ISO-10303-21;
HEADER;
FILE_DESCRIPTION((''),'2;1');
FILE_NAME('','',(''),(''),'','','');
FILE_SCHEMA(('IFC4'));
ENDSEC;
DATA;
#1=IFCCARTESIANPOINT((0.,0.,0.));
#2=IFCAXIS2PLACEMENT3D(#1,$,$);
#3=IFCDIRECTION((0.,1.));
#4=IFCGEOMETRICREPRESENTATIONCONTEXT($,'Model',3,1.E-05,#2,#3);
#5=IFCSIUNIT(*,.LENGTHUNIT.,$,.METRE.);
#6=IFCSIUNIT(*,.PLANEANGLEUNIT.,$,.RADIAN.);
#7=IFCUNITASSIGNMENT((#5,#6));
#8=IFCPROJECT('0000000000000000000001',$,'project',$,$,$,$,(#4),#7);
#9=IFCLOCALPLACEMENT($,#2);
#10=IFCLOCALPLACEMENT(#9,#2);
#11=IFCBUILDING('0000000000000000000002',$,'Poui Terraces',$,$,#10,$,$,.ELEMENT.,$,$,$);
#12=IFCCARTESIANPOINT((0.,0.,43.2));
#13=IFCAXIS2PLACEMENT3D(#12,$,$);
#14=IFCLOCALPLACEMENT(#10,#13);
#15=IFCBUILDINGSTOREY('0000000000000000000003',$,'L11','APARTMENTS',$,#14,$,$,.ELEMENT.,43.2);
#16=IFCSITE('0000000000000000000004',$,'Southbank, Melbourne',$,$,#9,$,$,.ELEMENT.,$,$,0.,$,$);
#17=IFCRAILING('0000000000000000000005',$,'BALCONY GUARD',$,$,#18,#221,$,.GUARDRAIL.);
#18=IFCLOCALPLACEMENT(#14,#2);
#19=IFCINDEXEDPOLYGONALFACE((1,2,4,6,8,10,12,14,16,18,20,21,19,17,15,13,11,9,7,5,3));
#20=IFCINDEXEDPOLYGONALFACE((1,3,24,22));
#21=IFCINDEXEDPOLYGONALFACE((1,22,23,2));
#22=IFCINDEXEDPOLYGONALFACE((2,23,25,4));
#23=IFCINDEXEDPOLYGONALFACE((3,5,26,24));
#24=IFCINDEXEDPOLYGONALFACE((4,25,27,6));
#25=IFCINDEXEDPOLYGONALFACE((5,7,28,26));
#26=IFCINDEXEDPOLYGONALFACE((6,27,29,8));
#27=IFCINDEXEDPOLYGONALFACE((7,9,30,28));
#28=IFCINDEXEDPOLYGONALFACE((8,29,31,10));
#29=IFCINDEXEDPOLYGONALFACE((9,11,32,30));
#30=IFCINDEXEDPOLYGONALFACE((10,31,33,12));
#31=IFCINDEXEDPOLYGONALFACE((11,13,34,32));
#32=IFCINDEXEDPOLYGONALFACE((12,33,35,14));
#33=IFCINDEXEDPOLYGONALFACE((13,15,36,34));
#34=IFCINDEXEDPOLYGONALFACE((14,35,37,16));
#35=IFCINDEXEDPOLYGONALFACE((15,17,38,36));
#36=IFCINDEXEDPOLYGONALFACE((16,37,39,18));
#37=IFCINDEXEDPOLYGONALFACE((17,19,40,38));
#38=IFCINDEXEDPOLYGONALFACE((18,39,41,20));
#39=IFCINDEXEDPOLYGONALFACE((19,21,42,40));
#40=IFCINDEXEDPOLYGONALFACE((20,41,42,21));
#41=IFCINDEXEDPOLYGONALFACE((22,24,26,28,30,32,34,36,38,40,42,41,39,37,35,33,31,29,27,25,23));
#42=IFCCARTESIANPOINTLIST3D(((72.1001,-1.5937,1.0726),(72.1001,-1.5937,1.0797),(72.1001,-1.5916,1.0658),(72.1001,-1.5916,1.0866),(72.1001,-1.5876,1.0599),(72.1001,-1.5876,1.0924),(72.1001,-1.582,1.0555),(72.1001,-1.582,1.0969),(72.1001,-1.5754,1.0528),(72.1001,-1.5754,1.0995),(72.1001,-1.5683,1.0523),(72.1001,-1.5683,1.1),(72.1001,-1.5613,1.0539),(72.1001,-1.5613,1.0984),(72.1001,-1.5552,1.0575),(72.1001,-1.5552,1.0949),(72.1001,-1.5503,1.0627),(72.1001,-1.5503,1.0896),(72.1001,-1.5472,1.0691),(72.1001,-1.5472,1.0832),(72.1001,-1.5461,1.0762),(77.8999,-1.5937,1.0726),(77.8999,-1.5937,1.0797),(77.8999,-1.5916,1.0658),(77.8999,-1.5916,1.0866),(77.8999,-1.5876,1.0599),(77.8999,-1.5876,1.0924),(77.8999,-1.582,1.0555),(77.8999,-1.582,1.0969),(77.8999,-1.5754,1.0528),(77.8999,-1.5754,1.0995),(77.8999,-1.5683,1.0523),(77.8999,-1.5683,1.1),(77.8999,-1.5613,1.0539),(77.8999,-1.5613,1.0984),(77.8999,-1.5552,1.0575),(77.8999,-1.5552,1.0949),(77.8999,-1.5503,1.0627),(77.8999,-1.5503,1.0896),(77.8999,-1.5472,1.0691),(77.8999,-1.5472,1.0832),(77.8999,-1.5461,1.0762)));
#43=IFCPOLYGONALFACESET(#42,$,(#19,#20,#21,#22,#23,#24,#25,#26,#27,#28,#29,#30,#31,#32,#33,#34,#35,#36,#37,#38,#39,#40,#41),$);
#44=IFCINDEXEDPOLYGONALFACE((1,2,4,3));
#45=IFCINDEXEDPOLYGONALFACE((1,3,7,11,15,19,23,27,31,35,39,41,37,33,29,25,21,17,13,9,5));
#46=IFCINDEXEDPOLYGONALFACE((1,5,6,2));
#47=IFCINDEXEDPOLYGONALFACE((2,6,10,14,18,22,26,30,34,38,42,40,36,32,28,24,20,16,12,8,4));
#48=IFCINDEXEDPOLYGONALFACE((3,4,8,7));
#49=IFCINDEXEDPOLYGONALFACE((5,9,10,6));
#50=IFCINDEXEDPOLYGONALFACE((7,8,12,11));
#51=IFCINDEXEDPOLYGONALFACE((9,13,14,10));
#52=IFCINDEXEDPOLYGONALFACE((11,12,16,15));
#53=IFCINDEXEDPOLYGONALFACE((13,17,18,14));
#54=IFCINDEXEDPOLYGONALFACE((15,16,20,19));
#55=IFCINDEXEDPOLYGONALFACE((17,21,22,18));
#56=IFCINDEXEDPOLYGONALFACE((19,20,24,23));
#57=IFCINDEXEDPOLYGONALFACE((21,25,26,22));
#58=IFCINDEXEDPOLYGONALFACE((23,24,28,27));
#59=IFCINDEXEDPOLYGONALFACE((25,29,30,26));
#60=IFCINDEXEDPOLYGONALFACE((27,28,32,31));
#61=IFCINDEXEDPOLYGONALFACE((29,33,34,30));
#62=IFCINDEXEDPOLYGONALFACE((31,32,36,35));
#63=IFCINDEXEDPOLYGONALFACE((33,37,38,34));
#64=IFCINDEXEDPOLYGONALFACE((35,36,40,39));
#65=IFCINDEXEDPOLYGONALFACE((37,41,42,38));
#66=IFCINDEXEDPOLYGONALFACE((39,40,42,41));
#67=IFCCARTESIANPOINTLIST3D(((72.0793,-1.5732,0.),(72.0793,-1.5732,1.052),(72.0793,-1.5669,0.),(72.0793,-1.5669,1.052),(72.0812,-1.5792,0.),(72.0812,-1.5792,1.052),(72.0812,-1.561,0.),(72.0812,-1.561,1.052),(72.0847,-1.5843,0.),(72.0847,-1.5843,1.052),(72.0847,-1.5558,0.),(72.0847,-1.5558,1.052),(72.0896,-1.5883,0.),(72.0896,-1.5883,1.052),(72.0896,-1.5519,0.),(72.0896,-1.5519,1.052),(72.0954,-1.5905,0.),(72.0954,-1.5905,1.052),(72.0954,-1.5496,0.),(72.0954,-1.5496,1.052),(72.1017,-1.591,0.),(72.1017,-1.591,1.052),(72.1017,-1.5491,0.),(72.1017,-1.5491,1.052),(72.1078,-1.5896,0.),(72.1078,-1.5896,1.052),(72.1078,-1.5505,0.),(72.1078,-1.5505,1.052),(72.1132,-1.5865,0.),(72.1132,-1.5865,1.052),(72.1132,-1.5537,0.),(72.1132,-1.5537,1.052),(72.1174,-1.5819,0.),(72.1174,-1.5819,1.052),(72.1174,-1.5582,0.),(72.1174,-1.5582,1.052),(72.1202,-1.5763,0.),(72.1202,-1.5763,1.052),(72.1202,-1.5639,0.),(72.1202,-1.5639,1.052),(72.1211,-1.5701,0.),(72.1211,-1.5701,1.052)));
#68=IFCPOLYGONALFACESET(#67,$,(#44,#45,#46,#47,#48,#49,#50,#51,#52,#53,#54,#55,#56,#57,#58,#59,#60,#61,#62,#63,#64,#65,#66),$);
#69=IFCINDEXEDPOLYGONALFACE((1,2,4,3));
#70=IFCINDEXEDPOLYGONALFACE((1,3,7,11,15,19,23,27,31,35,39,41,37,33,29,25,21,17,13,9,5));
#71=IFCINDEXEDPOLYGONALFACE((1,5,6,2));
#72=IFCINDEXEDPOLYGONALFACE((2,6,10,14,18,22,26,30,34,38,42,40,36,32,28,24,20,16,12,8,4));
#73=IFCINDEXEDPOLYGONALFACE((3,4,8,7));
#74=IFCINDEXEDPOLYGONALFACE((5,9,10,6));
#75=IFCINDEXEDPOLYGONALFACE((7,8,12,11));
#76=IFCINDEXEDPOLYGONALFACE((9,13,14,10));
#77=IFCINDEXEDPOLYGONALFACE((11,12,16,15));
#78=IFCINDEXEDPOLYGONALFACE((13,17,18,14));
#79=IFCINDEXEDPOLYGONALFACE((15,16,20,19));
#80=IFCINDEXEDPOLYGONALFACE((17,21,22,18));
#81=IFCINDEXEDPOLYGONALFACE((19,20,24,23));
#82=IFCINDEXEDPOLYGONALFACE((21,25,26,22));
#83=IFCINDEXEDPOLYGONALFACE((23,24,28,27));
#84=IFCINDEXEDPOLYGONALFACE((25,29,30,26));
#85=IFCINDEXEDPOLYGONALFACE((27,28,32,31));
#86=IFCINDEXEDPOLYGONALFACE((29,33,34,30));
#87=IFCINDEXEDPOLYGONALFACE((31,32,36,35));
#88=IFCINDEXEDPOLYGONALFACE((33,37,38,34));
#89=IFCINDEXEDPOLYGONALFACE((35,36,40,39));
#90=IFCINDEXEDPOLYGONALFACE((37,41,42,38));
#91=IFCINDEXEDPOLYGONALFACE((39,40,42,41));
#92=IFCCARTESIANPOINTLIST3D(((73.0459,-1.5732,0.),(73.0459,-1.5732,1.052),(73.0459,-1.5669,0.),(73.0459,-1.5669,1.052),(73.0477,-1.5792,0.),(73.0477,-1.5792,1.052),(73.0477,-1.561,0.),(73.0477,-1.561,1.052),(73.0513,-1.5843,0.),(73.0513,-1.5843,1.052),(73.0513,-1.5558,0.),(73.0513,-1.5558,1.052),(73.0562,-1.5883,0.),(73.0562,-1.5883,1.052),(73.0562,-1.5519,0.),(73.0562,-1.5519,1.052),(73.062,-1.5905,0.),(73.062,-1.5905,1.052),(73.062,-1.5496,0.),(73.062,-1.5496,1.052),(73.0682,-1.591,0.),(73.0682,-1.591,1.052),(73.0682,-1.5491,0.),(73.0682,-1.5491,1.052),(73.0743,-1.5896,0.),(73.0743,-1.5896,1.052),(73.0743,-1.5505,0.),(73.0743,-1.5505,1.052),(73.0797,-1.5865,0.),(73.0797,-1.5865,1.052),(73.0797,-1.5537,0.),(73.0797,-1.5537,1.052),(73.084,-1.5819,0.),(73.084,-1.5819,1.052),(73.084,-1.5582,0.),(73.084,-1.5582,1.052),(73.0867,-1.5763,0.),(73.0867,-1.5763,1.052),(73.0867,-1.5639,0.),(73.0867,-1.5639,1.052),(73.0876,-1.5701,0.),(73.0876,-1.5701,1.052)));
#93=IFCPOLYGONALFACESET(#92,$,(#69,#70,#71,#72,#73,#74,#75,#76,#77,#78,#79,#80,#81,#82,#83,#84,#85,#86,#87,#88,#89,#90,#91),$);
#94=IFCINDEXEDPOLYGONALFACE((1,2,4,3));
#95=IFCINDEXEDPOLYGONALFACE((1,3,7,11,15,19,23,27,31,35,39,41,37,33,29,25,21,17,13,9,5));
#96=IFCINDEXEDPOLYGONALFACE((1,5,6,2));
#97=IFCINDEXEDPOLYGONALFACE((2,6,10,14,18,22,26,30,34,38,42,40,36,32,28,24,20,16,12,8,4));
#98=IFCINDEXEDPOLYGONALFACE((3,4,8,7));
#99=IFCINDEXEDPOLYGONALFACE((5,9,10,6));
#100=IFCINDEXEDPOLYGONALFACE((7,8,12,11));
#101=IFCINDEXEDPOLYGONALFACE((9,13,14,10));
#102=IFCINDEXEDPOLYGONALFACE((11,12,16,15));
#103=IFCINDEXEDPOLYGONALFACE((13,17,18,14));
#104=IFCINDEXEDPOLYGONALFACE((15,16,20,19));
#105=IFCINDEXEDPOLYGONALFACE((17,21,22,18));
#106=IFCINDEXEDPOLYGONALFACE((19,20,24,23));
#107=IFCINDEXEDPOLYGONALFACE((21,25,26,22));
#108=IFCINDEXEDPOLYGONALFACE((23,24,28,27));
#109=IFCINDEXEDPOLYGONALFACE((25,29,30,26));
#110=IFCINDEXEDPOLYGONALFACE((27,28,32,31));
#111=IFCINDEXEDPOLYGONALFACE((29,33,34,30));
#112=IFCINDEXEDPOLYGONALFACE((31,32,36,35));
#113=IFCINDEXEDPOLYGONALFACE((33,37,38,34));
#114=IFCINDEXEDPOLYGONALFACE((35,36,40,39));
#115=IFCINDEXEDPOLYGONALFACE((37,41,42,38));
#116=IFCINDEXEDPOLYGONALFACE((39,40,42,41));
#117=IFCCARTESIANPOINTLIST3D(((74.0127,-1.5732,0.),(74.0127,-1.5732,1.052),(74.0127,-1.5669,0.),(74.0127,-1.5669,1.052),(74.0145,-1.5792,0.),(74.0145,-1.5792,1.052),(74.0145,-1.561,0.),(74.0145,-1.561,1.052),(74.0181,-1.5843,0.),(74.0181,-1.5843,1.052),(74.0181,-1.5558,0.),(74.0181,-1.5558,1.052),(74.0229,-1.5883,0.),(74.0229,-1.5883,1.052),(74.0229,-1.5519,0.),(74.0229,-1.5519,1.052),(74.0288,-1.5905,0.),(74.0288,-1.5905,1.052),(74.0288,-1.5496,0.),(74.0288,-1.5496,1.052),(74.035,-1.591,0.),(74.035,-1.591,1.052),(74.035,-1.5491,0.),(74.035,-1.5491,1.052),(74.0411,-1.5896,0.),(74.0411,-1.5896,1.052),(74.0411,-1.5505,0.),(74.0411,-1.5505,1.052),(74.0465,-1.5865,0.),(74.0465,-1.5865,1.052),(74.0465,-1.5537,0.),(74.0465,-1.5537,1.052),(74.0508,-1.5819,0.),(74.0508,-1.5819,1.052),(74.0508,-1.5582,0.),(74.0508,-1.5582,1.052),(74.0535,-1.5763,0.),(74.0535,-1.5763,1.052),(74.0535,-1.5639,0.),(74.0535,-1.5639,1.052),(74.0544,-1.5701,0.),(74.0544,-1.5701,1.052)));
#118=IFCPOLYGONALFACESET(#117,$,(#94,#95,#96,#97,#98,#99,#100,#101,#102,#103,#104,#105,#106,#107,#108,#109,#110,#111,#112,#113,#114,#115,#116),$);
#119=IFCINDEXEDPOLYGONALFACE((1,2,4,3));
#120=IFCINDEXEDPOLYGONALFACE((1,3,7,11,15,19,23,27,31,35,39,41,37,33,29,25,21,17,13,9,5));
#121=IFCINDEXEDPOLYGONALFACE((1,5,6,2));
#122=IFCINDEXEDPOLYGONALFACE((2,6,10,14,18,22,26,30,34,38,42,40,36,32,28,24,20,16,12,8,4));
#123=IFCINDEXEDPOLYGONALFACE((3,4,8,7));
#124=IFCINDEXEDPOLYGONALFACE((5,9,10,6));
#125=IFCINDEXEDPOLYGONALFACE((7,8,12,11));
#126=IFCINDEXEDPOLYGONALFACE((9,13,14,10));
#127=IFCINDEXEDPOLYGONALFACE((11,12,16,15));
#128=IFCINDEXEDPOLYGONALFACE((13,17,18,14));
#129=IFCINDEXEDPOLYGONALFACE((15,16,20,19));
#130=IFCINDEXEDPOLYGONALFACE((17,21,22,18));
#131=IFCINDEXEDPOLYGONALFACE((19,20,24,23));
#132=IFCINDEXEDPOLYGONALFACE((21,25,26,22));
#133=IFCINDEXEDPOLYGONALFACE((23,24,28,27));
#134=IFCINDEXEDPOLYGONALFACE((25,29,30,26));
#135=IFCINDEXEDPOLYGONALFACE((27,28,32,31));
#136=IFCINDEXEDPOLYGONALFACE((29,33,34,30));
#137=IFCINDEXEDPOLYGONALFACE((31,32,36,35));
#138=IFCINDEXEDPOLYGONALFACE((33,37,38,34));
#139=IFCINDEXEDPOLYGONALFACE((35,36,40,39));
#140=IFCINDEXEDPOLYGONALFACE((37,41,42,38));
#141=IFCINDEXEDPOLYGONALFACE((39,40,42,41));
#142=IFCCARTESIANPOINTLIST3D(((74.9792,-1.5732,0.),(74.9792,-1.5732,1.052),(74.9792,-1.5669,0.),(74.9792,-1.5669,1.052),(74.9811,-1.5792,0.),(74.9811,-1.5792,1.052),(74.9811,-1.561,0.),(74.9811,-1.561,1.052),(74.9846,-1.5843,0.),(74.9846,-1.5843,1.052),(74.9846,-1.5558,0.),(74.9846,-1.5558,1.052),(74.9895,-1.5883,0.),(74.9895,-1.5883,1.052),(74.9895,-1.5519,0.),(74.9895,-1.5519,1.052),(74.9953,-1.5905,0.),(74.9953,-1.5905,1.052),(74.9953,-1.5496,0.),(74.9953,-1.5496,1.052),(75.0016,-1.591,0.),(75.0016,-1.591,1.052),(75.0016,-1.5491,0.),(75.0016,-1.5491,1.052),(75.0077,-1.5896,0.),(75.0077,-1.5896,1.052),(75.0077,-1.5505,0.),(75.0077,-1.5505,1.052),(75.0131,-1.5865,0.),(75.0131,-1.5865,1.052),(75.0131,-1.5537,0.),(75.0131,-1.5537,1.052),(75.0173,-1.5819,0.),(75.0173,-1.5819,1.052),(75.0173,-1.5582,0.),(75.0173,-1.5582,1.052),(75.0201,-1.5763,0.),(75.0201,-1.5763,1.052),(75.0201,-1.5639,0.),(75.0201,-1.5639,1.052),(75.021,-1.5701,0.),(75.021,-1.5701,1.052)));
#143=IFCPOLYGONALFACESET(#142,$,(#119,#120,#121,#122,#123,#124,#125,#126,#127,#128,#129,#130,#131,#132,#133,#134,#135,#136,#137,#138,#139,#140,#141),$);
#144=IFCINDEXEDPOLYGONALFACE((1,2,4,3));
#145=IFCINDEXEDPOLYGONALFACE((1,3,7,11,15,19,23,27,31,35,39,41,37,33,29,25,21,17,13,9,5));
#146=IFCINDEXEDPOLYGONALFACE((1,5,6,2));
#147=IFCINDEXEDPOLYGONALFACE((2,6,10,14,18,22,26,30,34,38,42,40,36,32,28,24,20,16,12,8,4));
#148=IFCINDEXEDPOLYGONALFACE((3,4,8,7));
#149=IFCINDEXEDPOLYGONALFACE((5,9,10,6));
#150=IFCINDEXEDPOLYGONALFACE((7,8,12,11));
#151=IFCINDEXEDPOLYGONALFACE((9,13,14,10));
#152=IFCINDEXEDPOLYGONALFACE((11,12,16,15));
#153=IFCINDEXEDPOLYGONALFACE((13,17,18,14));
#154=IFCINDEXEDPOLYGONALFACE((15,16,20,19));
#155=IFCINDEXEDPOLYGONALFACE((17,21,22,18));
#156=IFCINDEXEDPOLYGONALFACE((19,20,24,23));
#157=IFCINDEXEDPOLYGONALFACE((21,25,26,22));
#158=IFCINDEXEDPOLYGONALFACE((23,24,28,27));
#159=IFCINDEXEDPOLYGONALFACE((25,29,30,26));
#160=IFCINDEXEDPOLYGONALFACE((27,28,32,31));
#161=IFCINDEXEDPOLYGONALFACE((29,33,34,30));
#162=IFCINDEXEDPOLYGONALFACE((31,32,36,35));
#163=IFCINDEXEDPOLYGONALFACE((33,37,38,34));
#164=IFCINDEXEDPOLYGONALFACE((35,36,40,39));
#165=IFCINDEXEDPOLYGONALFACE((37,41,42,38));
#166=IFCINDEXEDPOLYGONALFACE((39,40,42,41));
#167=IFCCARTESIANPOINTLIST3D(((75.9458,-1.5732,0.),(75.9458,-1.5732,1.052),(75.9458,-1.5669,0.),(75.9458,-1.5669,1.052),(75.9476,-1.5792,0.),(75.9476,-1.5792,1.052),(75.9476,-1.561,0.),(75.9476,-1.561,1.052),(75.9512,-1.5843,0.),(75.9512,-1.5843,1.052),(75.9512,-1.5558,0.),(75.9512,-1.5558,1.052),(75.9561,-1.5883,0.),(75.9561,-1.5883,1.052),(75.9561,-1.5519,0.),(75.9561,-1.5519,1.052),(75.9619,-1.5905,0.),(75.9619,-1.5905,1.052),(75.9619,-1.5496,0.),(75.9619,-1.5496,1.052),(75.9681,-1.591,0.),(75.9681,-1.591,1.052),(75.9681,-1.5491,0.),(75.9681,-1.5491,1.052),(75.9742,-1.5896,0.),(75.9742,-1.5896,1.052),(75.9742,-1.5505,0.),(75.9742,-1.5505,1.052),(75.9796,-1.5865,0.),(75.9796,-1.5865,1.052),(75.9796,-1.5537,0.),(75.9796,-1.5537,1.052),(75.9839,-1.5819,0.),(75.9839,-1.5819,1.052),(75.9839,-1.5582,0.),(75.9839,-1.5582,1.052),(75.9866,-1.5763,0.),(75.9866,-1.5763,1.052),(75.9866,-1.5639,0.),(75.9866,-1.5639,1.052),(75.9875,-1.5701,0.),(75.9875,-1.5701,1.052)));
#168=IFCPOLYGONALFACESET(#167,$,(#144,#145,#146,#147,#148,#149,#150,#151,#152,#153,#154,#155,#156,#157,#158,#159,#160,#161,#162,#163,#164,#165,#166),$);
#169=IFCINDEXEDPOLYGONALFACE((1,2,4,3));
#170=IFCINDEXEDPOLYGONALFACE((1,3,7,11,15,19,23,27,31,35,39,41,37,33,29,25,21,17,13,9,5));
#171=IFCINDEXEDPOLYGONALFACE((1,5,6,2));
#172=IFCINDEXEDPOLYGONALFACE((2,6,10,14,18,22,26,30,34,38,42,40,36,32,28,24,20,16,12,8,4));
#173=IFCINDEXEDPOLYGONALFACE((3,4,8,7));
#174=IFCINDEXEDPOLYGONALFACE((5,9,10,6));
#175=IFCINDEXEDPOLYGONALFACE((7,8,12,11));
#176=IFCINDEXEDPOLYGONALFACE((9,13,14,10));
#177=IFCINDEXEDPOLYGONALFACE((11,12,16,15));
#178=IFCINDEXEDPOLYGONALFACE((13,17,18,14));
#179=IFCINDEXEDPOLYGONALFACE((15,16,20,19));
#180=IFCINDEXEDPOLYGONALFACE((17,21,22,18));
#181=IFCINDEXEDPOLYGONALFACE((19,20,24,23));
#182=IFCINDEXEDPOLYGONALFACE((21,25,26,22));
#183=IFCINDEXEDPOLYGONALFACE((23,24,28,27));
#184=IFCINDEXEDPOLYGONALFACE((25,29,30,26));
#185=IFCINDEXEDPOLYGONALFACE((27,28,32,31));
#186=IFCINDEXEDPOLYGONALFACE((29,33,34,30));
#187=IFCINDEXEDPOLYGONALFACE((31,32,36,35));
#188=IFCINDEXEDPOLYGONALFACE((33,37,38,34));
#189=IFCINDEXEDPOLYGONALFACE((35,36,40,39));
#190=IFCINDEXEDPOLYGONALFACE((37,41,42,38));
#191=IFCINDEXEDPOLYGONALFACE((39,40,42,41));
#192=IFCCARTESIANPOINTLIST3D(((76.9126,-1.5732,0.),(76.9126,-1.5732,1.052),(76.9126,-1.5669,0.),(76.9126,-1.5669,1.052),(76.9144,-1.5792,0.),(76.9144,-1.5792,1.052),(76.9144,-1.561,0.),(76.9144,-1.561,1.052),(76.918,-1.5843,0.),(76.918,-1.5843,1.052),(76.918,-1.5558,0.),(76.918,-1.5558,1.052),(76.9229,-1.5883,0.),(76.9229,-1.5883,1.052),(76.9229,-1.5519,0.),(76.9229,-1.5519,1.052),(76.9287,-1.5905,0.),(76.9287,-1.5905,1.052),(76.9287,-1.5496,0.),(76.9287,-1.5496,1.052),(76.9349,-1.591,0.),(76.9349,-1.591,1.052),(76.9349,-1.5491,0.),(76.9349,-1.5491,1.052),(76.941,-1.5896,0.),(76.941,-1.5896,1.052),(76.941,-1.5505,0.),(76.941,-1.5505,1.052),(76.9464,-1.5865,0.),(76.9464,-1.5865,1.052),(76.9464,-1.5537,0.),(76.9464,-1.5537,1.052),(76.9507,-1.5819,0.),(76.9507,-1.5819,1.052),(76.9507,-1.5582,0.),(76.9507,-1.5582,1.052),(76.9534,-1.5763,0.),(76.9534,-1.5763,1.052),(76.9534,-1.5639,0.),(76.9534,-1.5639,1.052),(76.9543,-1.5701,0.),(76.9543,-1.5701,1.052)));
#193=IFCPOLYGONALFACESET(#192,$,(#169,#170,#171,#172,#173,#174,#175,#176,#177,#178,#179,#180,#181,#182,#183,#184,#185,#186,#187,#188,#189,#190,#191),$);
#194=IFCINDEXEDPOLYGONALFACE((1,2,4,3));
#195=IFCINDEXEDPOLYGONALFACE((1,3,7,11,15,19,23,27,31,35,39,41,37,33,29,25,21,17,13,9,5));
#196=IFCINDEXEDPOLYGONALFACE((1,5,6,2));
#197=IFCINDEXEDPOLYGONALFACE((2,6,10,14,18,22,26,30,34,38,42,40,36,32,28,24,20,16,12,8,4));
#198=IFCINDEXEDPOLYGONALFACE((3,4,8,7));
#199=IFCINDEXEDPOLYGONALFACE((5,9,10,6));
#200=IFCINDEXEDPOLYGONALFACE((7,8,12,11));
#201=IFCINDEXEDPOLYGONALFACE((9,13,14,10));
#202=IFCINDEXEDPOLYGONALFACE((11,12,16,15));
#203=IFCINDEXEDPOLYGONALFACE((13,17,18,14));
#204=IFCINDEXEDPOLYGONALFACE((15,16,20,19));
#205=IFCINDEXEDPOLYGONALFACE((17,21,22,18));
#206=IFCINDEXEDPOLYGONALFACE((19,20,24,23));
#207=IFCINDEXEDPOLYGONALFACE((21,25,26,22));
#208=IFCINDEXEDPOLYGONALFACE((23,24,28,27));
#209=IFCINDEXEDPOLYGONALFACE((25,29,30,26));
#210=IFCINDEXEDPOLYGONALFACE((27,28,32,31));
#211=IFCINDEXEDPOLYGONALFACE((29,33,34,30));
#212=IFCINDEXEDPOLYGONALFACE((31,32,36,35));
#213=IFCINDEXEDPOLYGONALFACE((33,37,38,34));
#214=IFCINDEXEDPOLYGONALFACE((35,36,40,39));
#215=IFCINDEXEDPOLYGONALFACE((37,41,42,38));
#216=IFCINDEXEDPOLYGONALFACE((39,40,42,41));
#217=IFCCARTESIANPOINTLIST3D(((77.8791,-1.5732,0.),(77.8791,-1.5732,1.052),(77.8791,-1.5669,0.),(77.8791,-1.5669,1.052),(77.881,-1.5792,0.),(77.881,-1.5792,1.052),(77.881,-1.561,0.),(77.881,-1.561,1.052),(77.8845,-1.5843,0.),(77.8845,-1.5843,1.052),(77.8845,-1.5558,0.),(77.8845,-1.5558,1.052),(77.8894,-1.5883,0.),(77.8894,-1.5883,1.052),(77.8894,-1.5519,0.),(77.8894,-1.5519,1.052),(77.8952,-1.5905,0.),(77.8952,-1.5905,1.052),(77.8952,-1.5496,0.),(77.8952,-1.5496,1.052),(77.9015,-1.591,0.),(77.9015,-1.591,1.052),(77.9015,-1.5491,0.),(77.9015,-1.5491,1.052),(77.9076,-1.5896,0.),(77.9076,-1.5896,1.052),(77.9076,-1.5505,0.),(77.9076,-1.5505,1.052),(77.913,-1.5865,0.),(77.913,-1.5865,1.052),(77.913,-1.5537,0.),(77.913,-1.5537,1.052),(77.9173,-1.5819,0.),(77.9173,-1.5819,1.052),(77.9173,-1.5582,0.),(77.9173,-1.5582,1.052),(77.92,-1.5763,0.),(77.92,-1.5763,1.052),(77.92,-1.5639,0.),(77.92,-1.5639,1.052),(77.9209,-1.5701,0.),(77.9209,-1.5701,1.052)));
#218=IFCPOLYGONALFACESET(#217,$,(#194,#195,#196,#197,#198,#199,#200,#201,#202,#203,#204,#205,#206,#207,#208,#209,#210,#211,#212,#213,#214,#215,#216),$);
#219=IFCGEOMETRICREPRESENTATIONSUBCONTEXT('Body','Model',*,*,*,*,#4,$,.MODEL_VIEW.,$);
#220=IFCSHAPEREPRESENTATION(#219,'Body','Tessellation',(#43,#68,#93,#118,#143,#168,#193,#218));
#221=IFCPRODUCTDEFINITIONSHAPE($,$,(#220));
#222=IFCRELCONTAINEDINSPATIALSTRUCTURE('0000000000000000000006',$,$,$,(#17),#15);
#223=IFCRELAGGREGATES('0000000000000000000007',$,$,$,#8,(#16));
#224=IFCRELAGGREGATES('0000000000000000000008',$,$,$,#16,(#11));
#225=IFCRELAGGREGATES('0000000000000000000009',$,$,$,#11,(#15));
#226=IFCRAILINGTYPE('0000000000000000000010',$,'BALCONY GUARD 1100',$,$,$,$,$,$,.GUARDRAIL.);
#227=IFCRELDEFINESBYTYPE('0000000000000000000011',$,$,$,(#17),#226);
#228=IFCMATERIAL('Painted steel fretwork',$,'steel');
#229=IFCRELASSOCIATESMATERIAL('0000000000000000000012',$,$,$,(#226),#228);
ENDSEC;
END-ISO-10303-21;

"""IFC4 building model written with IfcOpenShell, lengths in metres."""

from ifc_helpers import new_model, si_unit, direction, frame, origin, origin_2d, place, context, subcontext, project, spatial, circle, extrude, material, type_object, element, save


model = new_model("IFC4")

# Units and contexts
model_context = context("Model", 3, precision=1e-05, world=origin(), true_north=direction((0.0, 1.0)))
body_context = subcontext(model_context, "Body", "Model", "MODEL_VIEW")
ifc_project = project(units=[si_unit("LENGTHUNIT", "METRE"), si_unit("PLANEANGLEUNIT", "RADIAN")], contexts=[model_context])

# Site, building, storey
site_placement = place(None, origin())
site = spatial("IfcSite", under=ifc_project, at=site_placement, Name="Southbank, Melbourne", CompositionType="ELEMENT", RefElevation=0.0)
building_placement = place(site_placement, origin())
building = spatial("IfcBuilding", under=site, at=building_placement, Name="Poui Terraces", CompositionType="ELEMENT")
storey_placement = place(building_placement, frame((0.0, 0.0, 43.2)))
storey = spatial("IfcBuildingStorey", under=building, at=storey_placement, Name="L11", Description="APARTMENTS", CompositionType="ELEMENT", Elevation=43.2)

# Railing
ifc_material_1 = material(Name="Painted steel fretwork", Category="steel")
railing_type = type_object("IfcRailingType", Name="BALCONY GUARD 1100", PredefinedType="GUARDRAIL", material=ifc_material_1)
railing_placement = place(storey_placement, frame((72.1001, -1.5701, 0.0)))
element("IfcRailing", 1, at=railing_placement, inside=storey, type_object=railing_type, Name="BALCONY GUARD", PredefinedType="GUARDRAIL", context=body_context, shape_type="SweptSolid", body=[
    extrude(circle(Radius=0.0239, at=origin_2d()), frame((0.0, 0.0, 1.0762), z_axis=(1.0, 0.0, 0.0), x_axis=(0.0, 1.0, 0.0)), (0.0, 0.0, 1.0), 5.7998),
    extrude(circle(Radius=0.021, at=origin_2d()), origin(), (0.0, 0.0, 1.0), 1.052),
    extrude(circle(Radius=0.021, at=origin_2d()), frame((0.9666, 0.0, 0.0)), (0.0, 0.0, 1.0), 1.052),
    extrude(circle(Radius=0.021, at=origin_2d()), frame((1.9333, 0.0, 0.0)), (0.0, 0.0, 1.0), 1.052),
    extrude(circle(Radius=0.021, at=origin_2d()), frame((2.8999, 0.0, 0.0)), (0.0, 0.0, 1.0), 1.052),
    extrude(circle(Radius=0.021, at=origin_2d()), frame((3.8665, 0.0, 0.0)), (0.0, 0.0, 1.0), 1.052),
    extrude(circle(Radius=0.021, at=origin_2d()), frame((4.8333, 0.0, 0.0)), (0.0, 0.0, 1.0), 1.052),
    extrude(circle(Radius=0.021, at=origin_2d()), frame((5.7998, 0.0, 0.0)), (0.0, 0.0, 1.0), 1.052),
])

save(model, "model.ifc")
